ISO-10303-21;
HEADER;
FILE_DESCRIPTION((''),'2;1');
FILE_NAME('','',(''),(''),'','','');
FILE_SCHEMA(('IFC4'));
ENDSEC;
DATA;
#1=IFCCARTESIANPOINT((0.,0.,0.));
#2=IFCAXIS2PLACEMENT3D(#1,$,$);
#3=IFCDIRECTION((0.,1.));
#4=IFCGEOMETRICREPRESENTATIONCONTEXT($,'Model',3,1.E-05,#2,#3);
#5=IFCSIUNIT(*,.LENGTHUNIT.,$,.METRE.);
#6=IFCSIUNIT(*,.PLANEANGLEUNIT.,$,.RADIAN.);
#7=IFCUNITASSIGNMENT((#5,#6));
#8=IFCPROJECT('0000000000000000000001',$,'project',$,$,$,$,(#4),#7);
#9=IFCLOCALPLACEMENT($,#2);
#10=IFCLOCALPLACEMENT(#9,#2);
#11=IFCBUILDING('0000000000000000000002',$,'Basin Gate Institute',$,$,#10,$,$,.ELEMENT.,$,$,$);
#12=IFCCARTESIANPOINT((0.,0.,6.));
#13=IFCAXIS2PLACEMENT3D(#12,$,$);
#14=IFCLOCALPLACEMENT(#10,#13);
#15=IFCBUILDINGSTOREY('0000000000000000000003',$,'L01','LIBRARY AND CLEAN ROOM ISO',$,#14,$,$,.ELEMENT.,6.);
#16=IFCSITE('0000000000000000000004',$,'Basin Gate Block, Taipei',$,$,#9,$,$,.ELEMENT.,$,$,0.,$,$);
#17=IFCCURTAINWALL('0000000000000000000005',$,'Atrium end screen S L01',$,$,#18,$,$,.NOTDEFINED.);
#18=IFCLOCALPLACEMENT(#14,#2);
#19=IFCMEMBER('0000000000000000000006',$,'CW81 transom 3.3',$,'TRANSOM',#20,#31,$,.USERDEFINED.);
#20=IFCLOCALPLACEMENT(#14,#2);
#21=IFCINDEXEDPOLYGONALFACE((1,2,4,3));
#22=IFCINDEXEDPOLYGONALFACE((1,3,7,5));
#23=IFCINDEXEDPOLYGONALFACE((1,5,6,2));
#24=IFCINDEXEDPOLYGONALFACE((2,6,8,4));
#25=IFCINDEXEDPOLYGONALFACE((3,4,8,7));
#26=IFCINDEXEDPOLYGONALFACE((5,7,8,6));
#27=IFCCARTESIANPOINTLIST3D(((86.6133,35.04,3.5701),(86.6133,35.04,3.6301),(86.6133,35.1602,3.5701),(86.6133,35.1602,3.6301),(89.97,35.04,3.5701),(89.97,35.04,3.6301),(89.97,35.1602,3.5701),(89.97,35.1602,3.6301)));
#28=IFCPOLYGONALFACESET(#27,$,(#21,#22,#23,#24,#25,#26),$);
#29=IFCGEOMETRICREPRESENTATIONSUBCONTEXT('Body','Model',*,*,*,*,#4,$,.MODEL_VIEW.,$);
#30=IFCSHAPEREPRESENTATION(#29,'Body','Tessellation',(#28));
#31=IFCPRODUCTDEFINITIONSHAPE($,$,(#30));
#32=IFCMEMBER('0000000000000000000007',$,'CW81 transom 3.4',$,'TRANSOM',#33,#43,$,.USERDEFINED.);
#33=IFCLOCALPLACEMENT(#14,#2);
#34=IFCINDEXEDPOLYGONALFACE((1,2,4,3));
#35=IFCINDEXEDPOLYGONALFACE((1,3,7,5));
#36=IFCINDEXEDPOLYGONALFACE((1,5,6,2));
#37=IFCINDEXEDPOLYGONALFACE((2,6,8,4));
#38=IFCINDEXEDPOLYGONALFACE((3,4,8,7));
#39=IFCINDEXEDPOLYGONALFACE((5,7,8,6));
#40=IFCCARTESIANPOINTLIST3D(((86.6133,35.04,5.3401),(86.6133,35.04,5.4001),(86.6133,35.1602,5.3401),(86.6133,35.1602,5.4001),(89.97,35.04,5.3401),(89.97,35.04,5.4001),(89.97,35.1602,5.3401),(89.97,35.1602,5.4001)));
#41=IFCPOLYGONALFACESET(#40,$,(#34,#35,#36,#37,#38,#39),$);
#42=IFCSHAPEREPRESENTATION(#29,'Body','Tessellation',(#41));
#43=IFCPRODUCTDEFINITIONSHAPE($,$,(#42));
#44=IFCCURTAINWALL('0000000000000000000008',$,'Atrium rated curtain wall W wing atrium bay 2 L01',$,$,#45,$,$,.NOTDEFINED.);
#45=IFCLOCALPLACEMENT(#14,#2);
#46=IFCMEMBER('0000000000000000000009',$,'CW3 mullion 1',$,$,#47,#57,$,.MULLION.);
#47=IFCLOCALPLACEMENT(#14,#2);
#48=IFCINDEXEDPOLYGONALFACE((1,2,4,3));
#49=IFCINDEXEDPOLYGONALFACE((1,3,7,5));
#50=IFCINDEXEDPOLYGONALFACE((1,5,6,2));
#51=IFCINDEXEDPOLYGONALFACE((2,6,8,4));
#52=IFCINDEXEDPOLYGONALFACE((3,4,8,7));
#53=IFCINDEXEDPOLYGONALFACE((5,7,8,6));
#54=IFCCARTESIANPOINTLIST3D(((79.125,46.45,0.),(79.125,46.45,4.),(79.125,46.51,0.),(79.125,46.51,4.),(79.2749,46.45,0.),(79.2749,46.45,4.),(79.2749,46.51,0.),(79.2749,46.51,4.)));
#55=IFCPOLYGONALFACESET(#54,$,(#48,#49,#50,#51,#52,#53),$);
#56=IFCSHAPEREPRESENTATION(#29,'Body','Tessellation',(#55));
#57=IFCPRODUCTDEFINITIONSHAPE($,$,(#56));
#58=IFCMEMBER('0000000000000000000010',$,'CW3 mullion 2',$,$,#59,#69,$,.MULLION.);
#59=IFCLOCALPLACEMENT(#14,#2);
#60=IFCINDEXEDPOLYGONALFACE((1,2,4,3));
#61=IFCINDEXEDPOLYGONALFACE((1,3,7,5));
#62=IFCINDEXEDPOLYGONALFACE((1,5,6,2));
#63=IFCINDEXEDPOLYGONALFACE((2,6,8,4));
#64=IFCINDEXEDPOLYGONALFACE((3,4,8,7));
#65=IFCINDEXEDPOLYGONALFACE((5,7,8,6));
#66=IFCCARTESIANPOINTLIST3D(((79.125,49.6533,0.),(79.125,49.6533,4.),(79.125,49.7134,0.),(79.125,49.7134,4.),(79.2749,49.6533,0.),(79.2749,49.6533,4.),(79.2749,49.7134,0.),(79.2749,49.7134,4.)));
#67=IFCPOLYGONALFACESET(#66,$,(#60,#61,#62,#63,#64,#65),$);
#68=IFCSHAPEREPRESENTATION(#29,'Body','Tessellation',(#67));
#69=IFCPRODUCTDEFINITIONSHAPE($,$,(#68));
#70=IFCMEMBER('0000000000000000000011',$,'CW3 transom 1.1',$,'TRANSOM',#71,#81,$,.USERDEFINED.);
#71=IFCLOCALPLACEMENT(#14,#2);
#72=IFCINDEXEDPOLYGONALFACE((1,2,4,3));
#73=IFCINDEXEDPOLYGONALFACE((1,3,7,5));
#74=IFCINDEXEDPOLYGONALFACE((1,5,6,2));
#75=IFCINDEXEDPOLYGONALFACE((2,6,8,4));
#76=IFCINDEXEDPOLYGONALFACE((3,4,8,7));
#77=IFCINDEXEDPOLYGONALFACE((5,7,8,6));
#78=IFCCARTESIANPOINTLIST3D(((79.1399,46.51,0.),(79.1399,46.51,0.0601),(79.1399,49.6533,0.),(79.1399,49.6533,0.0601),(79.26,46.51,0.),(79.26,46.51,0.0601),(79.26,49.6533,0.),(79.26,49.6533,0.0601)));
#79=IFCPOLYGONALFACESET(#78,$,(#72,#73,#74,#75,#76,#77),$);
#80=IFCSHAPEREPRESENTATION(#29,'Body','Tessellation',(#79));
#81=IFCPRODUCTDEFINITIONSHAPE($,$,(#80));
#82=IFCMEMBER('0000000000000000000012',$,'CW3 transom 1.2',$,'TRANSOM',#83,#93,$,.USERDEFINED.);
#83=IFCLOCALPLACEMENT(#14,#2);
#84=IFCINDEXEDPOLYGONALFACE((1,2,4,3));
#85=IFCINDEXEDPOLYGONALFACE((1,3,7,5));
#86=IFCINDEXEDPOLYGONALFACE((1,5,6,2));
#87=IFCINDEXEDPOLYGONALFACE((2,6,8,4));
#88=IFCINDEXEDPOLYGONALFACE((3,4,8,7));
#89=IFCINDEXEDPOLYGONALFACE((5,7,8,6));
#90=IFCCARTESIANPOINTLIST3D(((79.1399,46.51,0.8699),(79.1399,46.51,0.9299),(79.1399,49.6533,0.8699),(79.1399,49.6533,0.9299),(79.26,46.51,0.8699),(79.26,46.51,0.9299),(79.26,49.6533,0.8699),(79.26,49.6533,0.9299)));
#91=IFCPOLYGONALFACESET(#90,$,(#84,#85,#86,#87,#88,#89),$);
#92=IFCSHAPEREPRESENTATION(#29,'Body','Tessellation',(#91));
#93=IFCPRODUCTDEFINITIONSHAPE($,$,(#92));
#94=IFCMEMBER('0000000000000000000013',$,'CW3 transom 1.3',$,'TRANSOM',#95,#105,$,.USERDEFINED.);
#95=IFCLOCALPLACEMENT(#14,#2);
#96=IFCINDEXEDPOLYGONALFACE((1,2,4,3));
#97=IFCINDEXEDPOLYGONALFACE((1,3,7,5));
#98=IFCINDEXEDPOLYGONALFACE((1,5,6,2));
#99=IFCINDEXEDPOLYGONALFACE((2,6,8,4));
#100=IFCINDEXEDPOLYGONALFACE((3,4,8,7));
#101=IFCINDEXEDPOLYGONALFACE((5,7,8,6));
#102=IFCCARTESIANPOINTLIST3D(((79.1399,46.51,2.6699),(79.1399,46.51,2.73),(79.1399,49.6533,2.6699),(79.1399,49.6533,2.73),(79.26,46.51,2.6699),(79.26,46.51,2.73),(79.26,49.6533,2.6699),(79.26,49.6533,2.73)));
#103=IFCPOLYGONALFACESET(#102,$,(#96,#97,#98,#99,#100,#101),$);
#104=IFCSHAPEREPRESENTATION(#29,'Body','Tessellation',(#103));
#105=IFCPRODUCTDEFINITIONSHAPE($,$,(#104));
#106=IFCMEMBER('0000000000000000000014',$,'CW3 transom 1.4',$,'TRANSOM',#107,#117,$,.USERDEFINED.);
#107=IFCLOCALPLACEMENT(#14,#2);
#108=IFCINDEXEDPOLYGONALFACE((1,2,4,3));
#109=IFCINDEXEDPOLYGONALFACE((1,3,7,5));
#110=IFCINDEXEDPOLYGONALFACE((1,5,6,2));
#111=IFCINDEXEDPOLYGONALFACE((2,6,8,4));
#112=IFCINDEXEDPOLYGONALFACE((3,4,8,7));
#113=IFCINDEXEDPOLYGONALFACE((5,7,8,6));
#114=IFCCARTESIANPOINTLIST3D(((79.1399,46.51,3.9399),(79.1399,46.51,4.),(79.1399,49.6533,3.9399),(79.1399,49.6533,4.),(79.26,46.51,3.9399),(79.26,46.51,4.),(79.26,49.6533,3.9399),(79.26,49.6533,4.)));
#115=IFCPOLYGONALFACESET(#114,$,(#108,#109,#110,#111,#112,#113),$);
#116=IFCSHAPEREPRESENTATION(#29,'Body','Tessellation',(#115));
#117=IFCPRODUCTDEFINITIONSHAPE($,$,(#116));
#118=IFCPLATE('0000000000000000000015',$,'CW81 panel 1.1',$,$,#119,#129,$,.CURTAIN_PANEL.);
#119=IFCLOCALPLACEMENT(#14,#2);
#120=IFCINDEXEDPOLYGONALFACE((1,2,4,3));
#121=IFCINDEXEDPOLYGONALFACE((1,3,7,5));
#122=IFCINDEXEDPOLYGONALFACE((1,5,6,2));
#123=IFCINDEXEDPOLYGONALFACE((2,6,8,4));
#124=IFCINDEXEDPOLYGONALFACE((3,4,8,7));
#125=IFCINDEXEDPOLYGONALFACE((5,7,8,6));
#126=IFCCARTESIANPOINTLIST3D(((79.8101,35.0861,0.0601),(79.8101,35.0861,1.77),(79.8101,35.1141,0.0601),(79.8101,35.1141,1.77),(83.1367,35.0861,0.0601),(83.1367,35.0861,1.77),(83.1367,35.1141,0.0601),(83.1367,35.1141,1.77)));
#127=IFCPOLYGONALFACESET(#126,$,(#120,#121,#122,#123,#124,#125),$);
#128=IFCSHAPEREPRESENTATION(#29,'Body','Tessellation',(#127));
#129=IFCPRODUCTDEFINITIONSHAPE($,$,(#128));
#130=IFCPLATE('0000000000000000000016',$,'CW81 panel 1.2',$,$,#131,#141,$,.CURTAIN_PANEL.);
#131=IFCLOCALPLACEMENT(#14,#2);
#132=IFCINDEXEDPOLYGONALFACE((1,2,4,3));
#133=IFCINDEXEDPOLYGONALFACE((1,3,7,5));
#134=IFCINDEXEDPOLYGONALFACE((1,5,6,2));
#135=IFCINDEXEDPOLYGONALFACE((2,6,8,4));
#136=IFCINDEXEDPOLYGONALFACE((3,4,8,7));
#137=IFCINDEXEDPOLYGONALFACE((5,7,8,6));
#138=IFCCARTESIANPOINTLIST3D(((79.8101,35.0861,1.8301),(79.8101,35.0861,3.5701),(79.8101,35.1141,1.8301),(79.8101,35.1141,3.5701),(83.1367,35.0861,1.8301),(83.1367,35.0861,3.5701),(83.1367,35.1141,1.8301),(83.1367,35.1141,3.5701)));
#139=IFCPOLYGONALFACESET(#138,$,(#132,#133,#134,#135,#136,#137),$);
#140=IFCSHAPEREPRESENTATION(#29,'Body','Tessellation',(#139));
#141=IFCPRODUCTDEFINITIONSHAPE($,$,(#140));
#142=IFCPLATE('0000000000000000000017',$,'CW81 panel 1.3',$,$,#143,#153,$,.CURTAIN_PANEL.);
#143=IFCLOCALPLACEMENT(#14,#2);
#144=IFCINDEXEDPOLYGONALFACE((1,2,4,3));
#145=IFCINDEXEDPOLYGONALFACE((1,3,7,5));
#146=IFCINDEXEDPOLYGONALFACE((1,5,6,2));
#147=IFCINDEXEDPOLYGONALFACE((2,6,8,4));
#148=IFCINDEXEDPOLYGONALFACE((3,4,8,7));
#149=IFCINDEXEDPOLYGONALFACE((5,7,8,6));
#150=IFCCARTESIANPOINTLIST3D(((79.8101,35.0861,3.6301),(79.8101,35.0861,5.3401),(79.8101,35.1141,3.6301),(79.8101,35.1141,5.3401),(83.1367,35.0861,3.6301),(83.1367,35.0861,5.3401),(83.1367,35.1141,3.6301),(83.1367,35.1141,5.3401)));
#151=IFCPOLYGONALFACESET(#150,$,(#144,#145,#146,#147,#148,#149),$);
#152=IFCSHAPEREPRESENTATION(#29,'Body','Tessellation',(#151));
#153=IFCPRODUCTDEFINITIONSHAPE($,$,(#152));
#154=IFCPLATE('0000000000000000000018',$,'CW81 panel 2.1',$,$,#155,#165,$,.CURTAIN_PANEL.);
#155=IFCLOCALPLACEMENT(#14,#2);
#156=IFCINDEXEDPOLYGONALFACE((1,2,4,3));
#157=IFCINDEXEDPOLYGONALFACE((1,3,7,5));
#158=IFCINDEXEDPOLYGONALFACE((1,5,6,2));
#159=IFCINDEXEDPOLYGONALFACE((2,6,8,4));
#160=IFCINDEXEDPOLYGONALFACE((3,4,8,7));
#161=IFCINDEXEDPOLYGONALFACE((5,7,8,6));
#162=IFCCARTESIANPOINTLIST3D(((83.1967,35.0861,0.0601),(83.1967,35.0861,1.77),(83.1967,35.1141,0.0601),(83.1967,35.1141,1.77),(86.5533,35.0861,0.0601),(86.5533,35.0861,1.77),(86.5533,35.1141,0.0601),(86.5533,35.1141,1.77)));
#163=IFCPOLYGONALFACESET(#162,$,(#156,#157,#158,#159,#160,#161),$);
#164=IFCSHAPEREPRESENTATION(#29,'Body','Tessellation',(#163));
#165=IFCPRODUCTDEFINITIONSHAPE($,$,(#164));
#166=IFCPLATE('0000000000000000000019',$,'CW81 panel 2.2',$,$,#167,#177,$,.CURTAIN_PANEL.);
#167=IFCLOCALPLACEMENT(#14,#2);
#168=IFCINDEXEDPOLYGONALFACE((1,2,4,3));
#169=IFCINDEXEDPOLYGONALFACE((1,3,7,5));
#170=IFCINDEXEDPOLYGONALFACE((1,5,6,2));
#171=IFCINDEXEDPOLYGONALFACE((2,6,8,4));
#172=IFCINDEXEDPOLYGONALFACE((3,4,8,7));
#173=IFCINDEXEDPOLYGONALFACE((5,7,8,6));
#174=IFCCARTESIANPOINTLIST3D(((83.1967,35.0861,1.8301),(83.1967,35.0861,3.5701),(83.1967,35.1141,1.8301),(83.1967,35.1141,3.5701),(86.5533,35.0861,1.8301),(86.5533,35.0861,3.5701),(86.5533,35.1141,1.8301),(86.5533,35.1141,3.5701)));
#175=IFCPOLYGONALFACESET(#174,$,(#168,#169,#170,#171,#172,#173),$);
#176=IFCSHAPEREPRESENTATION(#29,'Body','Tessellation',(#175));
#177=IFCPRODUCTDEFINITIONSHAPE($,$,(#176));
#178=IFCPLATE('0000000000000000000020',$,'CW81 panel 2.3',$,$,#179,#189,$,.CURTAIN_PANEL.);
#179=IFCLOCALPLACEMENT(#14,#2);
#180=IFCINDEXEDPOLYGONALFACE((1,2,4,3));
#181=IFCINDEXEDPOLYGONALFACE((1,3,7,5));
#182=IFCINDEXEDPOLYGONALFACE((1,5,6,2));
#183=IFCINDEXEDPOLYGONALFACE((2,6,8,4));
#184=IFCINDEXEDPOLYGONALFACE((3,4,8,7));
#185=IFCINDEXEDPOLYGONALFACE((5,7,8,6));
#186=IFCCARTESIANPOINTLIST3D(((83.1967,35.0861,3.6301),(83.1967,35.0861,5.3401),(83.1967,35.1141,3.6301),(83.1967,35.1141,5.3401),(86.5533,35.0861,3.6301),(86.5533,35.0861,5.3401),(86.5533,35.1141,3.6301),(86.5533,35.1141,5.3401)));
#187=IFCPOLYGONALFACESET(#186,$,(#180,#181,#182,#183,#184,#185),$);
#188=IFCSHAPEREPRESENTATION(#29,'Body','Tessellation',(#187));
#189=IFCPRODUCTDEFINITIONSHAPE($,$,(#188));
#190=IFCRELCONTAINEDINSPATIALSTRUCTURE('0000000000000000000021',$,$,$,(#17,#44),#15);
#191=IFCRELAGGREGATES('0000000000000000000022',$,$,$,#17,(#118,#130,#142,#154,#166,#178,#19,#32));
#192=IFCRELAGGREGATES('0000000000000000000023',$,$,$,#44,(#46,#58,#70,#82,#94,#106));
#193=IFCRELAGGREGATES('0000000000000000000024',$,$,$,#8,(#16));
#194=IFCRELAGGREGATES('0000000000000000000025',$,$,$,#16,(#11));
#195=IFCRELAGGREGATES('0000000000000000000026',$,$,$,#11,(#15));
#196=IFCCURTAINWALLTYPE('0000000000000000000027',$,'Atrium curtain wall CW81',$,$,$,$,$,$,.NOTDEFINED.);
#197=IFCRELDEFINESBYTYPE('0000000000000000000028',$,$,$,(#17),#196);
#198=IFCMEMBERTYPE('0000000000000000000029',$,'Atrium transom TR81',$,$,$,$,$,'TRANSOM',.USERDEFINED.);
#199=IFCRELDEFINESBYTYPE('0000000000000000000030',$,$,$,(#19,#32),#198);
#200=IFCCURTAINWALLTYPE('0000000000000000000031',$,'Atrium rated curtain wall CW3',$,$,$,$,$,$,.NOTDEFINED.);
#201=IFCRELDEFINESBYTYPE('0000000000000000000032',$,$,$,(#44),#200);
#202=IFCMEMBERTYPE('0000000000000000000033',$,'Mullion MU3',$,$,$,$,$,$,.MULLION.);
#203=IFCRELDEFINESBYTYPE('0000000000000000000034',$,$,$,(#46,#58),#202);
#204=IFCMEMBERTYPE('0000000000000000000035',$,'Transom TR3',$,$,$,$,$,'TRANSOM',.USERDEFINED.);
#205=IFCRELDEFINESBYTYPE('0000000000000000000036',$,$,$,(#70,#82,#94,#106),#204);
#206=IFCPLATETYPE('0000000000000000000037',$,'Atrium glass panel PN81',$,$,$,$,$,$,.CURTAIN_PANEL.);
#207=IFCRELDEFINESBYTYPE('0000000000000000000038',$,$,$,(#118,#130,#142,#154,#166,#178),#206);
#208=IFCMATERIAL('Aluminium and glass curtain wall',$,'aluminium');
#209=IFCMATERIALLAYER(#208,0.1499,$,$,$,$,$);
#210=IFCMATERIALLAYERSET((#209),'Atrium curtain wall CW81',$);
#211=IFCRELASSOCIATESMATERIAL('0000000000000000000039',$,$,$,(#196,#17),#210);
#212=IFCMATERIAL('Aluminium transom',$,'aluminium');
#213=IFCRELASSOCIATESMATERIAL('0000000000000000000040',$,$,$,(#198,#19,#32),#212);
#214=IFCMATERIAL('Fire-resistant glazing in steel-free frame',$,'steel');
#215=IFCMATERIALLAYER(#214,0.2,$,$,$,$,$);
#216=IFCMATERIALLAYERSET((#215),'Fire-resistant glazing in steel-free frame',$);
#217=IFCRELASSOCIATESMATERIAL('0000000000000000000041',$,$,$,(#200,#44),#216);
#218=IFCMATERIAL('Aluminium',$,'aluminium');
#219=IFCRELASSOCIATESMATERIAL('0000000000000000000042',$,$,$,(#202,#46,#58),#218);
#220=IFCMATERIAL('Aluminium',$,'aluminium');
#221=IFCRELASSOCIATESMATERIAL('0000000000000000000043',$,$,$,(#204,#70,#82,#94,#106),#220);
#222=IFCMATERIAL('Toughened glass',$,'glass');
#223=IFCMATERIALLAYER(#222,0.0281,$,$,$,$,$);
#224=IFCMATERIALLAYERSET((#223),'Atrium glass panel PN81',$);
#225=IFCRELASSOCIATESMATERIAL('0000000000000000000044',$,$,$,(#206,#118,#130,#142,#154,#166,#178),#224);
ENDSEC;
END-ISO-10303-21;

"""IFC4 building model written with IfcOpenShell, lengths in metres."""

from ifc_helpers import new_model, si_unit, direction, frame, origin, origin_2d, place, context, subcontext, project, spatial, rectangle, extrude, material, layer, layer_set, material_profile, profile_set, type_object, element, aggregate, save


model = new_model("IFC4")

# Units and contexts
model_context = context("Model", 3, precision=1e-05, world=origin(), true_north=direction((0.0, 1.0)))
body_context = subcontext(model_context, "Body", "Model", "MODEL_VIEW")
ifc_project = project(units=[si_unit("LENGTHUNIT", "METRE"), si_unit("PLANEANGLEUNIT", "RADIAN")], contexts=[model_context])

# Site, building, storey
site_placement = place(None, origin())
site = spatial("IfcSite", under=ifc_project, at=site_placement, Name="Basin Gate Block, Taipei", CompositionType="ELEMENT", RefElevation=0.0)
building_placement = place(site_placement, origin())
building = spatial("IfcBuilding", under=site, at=building_placement, Name="Basin Gate Institute", CompositionType="ELEMENT")
storey_placement = place(building_placement, frame((0.0, 0.0, 6.0)))
storey = spatial("IfcBuildingStorey", under=building, at=storey_placement, Name="L01", Description="LIBRARY AND CLEAN ROOM ISO", CompositionType="ELEMENT", Elevation=6.0)

# Curtain walls, members
ifc_material_1 = material(Name="Aluminium and glass curtain wall", Category="aluminium")
ifc_layer_1 = layer(ifc_material_1, 0.1499)
ifc_layer_set_1 = layer_set([ifc_layer_1], Name="Atrium curtain wall CW81")
curtain_wall_type_1 = type_object("IfcCurtainWallType", Name="Atrium curtain wall CW81", PredefinedType="NOTDEFINED", material=ifc_layer_set_1)
curtain_wall_1_placement = place(storey_placement, origin())
curtain_wall_1 = element("IfcCurtainWall", 1, at=curtain_wall_1_placement, inside=storey, type_object=curtain_wall_type_1, material=ifc_layer_set_1, Name="Atrium end screen S L01", PredefinedType="NOTDEFINED")
ifc_material_2 = material(Name="Aluminium transom", Category="aluminium")
ifc_material_profile_1 = material_profile(ifc_material_2, rectangle(XDim=0.1201, YDim=0.0601, at=origin_2d()), Name="Atrium transom TR81 120 x 60")
ifc_profile_set_1 = profile_set([ifc_material_profile_1], Name="Aluminium transom")
member_type_1 = type_object("IfcMemberType", Name="Atrium transom TR81", ElementType="TRANSOM", PredefinedType="USERDEFINED", material=ifc_profile_set_1)
member_1_placement = place(storey_placement, frame((86.6133, 35.1001, 3.6001), z_axis=(1.0, 0.0, 0.0), x_axis=(0.0, 1.0, 0.0)))
member_1 = element("IfcMember", 2, at=member_1_placement, type_object=member_type_1, material=ifc_profile_set_1, Name="CW81 transom 3.3", ObjectType="TRANSOM", PredefinedType="USERDEFINED", context=body_context, shape_type="SweptSolid", body=[
    extrude(rectangle(XDim=0.1201, YDim=0.0601, at=origin_2d()), origin(), (0.0, 0.0, 1.0), 3.3567),
])
member_2_placement = place(storey_placement, frame((86.6133, 35.1001, 5.3701), z_axis=(1.0, 0.0, 0.0), x_axis=(0.0, 1.0, 0.0)))
member_2 = element("IfcMember", 3, at=member_2_placement, type_object=member_type_1, material=ifc_profile_set_1, Name="CW81 transom 3.4", ObjectType="TRANSOM", PredefinedType="USERDEFINED", context=body_context, shape_type="SweptSolid", body=[
    extrude(rectangle(XDim=0.1201, YDim=0.0601, at=origin_2d()), origin(), (0.0, 0.0, 1.0), 3.3567),
])
ifc_material_3 = material(Name="Fire-resistant glazing in steel-free frame", Category="steel")
ifc_layer_2 = layer(ifc_material_3, 0.2)
ifc_layer_set_2 = layer_set([ifc_layer_2], Name="Fire-resistant glazing in steel-free frame")
curtain_wall_type_2 = type_object("IfcCurtainWallType", Name="Atrium rated curtain wall CW3", PredefinedType="NOTDEFINED", material=ifc_layer_set_2)
curtain_wall_2_placement = place(storey_placement, origin())
curtain_wall_2 = element("IfcCurtainWall", 4, at=curtain_wall_2_placement, inside=storey, type_object=curtain_wall_type_2, material=ifc_layer_set_2, Name="Atrium rated curtain wall W wing atrium bay 2 L01", PredefinedType="NOTDEFINED")
ifc_material_4 = material(Name="Aluminium", Category="aluminium")
ifc_material_profile_2 = material_profile(ifc_material_4, rectangle(XDim=0.1499, YDim=0.0601, at=origin_2d()), Name="Mullion MU3 150 x 60")
ifc_profile_set_2 = profile_set([ifc_material_profile_2], Name="Aluminium")
member_type_2 = type_object("IfcMemberType", Name="Mullion MU3", PredefinedType="MULLION", material=ifc_profile_set_2)
member_3_placement = place(storey_placement, frame((79.2, 46.48, 0.0), z_axis=(0.0, 0.0, 1.0), x_axis=(-1.0, 0.0, 0.0)))
member_3 = element("IfcMember", 5, at=member_3_placement, type_object=member_type_2, material=ifc_profile_set_2, Name="CW3 mullion 1", PredefinedType="MULLION", context=body_context, shape_type="SweptSolid", body=[
    extrude(rectangle(XDim=0.1499, YDim=0.0601, at=origin_2d()), origin(), (0.0, 0.0, 1.0), 4.0),
])
member_4_placement = place(storey_placement, frame((79.2, 49.6833, 0.0), z_axis=(0.0, 0.0, 1.0), x_axis=(-1.0, 0.0, 0.0)))
member_4 = element("IfcMember", 6, at=member_4_placement, type_object=member_type_2, material=ifc_profile_set_2, Name="CW3 mullion 2", PredefinedType="MULLION", context=body_context, shape_type="SweptSolid", body=[
    extrude(rectangle(XDim=0.1499, YDim=0.0601, at=origin_2d()), origin(), (0.0, 0.0, 1.0), 4.0),
])
ifc_material_5 = material(Name="Aluminium", Category="aluminium")
ifc_material_profile_3 = material_profile(ifc_material_5, rectangle(XDim=0.1201, YDim=0.0601, at=origin_2d()), Name="Transom TR3 120 x 60")
ifc_profile_set_3 = profile_set([ifc_material_profile_3], Name="Aluminium")
member_type_3 = type_object("IfcMemberType", Name="Transom TR3", ElementType="TRANSOM", PredefinedType="USERDEFINED", material=ifc_profile_set_3)
member_5_placement = place(storey_placement, frame((79.2, 46.51, 0.03), z_axis=(0.0, 1.0, 0.0), x_axis=(-1.0, 0.0, 0.0)))
member_5 = element("IfcMember", 7, at=member_5_placement, type_object=member_type_3, material=ifc_profile_set_3, Name="CW3 transom 1.1", ObjectType="TRANSOM", PredefinedType="USERDEFINED", context=body_context, shape_type="SweptSolid", body=[
    extrude(rectangle(XDim=0.1201, YDim=0.0601, at=origin_2d()), origin(), (0.0, 0.0, 1.0), 3.1433),
])
member_6_placement = place(storey_placement, frame((79.2, 46.51, 0.8999), z_axis=(0.0, 1.0, 0.0), x_axis=(-1.0, 0.0, 0.0)))
member_6 = element("IfcMember", 8, at=member_6_placement, type_object=member_type_3, material=ifc_profile_set_3, Name="CW3 transom 1.2", ObjectType="TRANSOM", PredefinedType="USERDEFINED", context=body_context, shape_type="SweptSolid", body=[
    extrude(rectangle(XDim=0.1201, YDim=0.0601, at=origin_2d()), origin(), (0.0, 0.0, 1.0), 3.1433),
])
member_7_placement = place(storey_placement, frame((79.2, 46.51, 2.7), z_axis=(0.0, 1.0, 0.0), x_axis=(-1.0, 0.0, 0.0)))
member_7 = element("IfcMember", 9, at=member_7_placement, type_object=member_type_3, material=ifc_profile_set_3, Name="CW3 transom 1.3", ObjectType="TRANSOM", PredefinedType="USERDEFINED", context=body_context, shape_type="SweptSolid", body=[
    extrude(rectangle(XDim=0.1201, YDim=0.0601, at=origin_2d()), origin(), (0.0, 0.0, 1.0), 3.1433),
])
member_8_placement = place(storey_placement, frame((79.2, 46.51, 3.97), z_axis=(0.0, 1.0, 0.0), x_axis=(-1.0, 0.0, 0.0)))
member_8 = element("IfcMember", 10, at=member_8_placement, type_object=member_type_3, material=ifc_profile_set_3, Name="CW3 transom 1.4", ObjectType="TRANSOM", PredefinedType="USERDEFINED", context=body_context, shape_type="SweptSolid", body=[
    extrude(rectangle(XDim=0.1201, YDim=0.0601, at=origin_2d()), origin(), (0.0, 0.0, 1.0), 3.1433),
])

# Plates
ifc_material_6 = material(Name="Toughened glass", Category="glass")
ifc_layer_3 = layer(ifc_material_6, 0.0281)
ifc_layer_set_3 = layer_set([ifc_layer_3], Name="Atrium glass panel PN81")
plate_type_1 = type_object("IfcPlateType", Name="Atrium glass panel PN81", PredefinedType="CURTAIN_PANEL", material=ifc_layer_set_3)
plate_1_placement = place(storey_placement, frame((81.4734, 35.1001, 0.0601), z_axis=(0.0, 0.0, 1.0), x_axis=(1.0, 0.0, 0.0)))
plate_1 = element("IfcPlate", 11, at=plate_1_placement, type_object=plate_type_1, material=ifc_layer_set_3, Name="CW81 panel 1.1", PredefinedType="CURTAIN_PANEL", context=body_context, shape_type="SweptSolid", body=[
    extrude(rectangle(XDim=3.3267, YDim=0.0281, at=origin_2d()), origin(), (0.0, 0.0, 1.0), 1.71),
])
plate_2_placement = place(storey_placement, frame((81.4734, 35.1001, 1.8301), z_axis=(0.0, 0.0, 1.0), x_axis=(1.0, 0.0, 0.0)))
plate_2 = element("IfcPlate", 12, at=plate_2_placement, type_object=plate_type_1, material=ifc_layer_set_3, Name="CW81 panel 1.2", PredefinedType="CURTAIN_PANEL", context=body_context, shape_type="SweptSolid", body=[
    extrude(rectangle(XDim=3.3267, YDim=0.0281, at=origin_2d()), origin(), (0.0, 0.0, 1.0), 1.74),
])
plate_3_placement = place(storey_placement, frame((81.4734, 35.1001, 3.6301), z_axis=(0.0, 0.0, 1.0), x_axis=(1.0, 0.0, 0.0)))
plate_3 = element("IfcPlate", 13, at=plate_3_placement, type_object=plate_type_1, material=ifc_layer_set_3, Name="CW81 panel 1.3", PredefinedType="CURTAIN_PANEL", context=body_context, shape_type="SweptSolid", body=[
    extrude(rectangle(XDim=3.3267, YDim=0.0281, at=origin_2d()), origin(), (0.0, 0.0, 1.0), 1.71),
])
plate_4_placement = place(storey_placement, frame((84.875, 35.1001, 0.0601), z_axis=(0.0, 0.0, 1.0), x_axis=(1.0, 0.0, 0.0)))
plate_4 = element("IfcPlate", 14, at=plate_4_placement, type_object=plate_type_1, material=ifc_layer_set_3, Name="CW81 panel 2.1", PredefinedType="CURTAIN_PANEL", context=body_context, shape_type="SweptSolid", body=[
    extrude(rectangle(XDim=3.3567, YDim=0.0281, at=origin_2d()), origin(), (0.0, 0.0, 1.0), 1.71),
])
plate_5_placement = place(storey_placement, frame((84.875, 35.1001, 1.8301), z_axis=(0.0, 0.0, 1.0), x_axis=(1.0, 0.0, 0.0)))
plate_5 = element("IfcPlate", 15, at=plate_5_placement, type_object=plate_type_1, material=ifc_layer_set_3, Name="CW81 panel 2.2", PredefinedType="CURTAIN_PANEL", context=body_context, shape_type="SweptSolid", body=[
    extrude(rectangle(XDim=3.3567, YDim=0.0281, at=origin_2d()), origin(), (0.0, 0.0, 1.0), 1.74),
])
plate_6_placement = place(storey_placement, frame((84.875, 35.1001, 3.6301), z_axis=(0.0, 0.0, 1.0), x_axis=(1.0, 0.0, 0.0)))
plate_6 = element("IfcPlate", 16, at=plate_6_placement, type_object=plate_type_1, material=ifc_layer_set_3, Name="CW81 panel 2.3", PredefinedType="CURTAIN_PANEL", context=body_context, shape_type="SweptSolid", body=[
    extrude(rectangle(XDim=3.3567, YDim=0.0281, at=origin_2d()), origin(), (0.0, 0.0, 1.0), 1.71),
])
aggregate(curtain_wall_1, [plate_1, plate_2, plate_3, plate_4, plate_5, plate_6, member_1, member_2])
aggregate(curtain_wall_2, [member_3, member_4, member_5, member_6, member_7, member_8])

save(model, "model.ifc")
